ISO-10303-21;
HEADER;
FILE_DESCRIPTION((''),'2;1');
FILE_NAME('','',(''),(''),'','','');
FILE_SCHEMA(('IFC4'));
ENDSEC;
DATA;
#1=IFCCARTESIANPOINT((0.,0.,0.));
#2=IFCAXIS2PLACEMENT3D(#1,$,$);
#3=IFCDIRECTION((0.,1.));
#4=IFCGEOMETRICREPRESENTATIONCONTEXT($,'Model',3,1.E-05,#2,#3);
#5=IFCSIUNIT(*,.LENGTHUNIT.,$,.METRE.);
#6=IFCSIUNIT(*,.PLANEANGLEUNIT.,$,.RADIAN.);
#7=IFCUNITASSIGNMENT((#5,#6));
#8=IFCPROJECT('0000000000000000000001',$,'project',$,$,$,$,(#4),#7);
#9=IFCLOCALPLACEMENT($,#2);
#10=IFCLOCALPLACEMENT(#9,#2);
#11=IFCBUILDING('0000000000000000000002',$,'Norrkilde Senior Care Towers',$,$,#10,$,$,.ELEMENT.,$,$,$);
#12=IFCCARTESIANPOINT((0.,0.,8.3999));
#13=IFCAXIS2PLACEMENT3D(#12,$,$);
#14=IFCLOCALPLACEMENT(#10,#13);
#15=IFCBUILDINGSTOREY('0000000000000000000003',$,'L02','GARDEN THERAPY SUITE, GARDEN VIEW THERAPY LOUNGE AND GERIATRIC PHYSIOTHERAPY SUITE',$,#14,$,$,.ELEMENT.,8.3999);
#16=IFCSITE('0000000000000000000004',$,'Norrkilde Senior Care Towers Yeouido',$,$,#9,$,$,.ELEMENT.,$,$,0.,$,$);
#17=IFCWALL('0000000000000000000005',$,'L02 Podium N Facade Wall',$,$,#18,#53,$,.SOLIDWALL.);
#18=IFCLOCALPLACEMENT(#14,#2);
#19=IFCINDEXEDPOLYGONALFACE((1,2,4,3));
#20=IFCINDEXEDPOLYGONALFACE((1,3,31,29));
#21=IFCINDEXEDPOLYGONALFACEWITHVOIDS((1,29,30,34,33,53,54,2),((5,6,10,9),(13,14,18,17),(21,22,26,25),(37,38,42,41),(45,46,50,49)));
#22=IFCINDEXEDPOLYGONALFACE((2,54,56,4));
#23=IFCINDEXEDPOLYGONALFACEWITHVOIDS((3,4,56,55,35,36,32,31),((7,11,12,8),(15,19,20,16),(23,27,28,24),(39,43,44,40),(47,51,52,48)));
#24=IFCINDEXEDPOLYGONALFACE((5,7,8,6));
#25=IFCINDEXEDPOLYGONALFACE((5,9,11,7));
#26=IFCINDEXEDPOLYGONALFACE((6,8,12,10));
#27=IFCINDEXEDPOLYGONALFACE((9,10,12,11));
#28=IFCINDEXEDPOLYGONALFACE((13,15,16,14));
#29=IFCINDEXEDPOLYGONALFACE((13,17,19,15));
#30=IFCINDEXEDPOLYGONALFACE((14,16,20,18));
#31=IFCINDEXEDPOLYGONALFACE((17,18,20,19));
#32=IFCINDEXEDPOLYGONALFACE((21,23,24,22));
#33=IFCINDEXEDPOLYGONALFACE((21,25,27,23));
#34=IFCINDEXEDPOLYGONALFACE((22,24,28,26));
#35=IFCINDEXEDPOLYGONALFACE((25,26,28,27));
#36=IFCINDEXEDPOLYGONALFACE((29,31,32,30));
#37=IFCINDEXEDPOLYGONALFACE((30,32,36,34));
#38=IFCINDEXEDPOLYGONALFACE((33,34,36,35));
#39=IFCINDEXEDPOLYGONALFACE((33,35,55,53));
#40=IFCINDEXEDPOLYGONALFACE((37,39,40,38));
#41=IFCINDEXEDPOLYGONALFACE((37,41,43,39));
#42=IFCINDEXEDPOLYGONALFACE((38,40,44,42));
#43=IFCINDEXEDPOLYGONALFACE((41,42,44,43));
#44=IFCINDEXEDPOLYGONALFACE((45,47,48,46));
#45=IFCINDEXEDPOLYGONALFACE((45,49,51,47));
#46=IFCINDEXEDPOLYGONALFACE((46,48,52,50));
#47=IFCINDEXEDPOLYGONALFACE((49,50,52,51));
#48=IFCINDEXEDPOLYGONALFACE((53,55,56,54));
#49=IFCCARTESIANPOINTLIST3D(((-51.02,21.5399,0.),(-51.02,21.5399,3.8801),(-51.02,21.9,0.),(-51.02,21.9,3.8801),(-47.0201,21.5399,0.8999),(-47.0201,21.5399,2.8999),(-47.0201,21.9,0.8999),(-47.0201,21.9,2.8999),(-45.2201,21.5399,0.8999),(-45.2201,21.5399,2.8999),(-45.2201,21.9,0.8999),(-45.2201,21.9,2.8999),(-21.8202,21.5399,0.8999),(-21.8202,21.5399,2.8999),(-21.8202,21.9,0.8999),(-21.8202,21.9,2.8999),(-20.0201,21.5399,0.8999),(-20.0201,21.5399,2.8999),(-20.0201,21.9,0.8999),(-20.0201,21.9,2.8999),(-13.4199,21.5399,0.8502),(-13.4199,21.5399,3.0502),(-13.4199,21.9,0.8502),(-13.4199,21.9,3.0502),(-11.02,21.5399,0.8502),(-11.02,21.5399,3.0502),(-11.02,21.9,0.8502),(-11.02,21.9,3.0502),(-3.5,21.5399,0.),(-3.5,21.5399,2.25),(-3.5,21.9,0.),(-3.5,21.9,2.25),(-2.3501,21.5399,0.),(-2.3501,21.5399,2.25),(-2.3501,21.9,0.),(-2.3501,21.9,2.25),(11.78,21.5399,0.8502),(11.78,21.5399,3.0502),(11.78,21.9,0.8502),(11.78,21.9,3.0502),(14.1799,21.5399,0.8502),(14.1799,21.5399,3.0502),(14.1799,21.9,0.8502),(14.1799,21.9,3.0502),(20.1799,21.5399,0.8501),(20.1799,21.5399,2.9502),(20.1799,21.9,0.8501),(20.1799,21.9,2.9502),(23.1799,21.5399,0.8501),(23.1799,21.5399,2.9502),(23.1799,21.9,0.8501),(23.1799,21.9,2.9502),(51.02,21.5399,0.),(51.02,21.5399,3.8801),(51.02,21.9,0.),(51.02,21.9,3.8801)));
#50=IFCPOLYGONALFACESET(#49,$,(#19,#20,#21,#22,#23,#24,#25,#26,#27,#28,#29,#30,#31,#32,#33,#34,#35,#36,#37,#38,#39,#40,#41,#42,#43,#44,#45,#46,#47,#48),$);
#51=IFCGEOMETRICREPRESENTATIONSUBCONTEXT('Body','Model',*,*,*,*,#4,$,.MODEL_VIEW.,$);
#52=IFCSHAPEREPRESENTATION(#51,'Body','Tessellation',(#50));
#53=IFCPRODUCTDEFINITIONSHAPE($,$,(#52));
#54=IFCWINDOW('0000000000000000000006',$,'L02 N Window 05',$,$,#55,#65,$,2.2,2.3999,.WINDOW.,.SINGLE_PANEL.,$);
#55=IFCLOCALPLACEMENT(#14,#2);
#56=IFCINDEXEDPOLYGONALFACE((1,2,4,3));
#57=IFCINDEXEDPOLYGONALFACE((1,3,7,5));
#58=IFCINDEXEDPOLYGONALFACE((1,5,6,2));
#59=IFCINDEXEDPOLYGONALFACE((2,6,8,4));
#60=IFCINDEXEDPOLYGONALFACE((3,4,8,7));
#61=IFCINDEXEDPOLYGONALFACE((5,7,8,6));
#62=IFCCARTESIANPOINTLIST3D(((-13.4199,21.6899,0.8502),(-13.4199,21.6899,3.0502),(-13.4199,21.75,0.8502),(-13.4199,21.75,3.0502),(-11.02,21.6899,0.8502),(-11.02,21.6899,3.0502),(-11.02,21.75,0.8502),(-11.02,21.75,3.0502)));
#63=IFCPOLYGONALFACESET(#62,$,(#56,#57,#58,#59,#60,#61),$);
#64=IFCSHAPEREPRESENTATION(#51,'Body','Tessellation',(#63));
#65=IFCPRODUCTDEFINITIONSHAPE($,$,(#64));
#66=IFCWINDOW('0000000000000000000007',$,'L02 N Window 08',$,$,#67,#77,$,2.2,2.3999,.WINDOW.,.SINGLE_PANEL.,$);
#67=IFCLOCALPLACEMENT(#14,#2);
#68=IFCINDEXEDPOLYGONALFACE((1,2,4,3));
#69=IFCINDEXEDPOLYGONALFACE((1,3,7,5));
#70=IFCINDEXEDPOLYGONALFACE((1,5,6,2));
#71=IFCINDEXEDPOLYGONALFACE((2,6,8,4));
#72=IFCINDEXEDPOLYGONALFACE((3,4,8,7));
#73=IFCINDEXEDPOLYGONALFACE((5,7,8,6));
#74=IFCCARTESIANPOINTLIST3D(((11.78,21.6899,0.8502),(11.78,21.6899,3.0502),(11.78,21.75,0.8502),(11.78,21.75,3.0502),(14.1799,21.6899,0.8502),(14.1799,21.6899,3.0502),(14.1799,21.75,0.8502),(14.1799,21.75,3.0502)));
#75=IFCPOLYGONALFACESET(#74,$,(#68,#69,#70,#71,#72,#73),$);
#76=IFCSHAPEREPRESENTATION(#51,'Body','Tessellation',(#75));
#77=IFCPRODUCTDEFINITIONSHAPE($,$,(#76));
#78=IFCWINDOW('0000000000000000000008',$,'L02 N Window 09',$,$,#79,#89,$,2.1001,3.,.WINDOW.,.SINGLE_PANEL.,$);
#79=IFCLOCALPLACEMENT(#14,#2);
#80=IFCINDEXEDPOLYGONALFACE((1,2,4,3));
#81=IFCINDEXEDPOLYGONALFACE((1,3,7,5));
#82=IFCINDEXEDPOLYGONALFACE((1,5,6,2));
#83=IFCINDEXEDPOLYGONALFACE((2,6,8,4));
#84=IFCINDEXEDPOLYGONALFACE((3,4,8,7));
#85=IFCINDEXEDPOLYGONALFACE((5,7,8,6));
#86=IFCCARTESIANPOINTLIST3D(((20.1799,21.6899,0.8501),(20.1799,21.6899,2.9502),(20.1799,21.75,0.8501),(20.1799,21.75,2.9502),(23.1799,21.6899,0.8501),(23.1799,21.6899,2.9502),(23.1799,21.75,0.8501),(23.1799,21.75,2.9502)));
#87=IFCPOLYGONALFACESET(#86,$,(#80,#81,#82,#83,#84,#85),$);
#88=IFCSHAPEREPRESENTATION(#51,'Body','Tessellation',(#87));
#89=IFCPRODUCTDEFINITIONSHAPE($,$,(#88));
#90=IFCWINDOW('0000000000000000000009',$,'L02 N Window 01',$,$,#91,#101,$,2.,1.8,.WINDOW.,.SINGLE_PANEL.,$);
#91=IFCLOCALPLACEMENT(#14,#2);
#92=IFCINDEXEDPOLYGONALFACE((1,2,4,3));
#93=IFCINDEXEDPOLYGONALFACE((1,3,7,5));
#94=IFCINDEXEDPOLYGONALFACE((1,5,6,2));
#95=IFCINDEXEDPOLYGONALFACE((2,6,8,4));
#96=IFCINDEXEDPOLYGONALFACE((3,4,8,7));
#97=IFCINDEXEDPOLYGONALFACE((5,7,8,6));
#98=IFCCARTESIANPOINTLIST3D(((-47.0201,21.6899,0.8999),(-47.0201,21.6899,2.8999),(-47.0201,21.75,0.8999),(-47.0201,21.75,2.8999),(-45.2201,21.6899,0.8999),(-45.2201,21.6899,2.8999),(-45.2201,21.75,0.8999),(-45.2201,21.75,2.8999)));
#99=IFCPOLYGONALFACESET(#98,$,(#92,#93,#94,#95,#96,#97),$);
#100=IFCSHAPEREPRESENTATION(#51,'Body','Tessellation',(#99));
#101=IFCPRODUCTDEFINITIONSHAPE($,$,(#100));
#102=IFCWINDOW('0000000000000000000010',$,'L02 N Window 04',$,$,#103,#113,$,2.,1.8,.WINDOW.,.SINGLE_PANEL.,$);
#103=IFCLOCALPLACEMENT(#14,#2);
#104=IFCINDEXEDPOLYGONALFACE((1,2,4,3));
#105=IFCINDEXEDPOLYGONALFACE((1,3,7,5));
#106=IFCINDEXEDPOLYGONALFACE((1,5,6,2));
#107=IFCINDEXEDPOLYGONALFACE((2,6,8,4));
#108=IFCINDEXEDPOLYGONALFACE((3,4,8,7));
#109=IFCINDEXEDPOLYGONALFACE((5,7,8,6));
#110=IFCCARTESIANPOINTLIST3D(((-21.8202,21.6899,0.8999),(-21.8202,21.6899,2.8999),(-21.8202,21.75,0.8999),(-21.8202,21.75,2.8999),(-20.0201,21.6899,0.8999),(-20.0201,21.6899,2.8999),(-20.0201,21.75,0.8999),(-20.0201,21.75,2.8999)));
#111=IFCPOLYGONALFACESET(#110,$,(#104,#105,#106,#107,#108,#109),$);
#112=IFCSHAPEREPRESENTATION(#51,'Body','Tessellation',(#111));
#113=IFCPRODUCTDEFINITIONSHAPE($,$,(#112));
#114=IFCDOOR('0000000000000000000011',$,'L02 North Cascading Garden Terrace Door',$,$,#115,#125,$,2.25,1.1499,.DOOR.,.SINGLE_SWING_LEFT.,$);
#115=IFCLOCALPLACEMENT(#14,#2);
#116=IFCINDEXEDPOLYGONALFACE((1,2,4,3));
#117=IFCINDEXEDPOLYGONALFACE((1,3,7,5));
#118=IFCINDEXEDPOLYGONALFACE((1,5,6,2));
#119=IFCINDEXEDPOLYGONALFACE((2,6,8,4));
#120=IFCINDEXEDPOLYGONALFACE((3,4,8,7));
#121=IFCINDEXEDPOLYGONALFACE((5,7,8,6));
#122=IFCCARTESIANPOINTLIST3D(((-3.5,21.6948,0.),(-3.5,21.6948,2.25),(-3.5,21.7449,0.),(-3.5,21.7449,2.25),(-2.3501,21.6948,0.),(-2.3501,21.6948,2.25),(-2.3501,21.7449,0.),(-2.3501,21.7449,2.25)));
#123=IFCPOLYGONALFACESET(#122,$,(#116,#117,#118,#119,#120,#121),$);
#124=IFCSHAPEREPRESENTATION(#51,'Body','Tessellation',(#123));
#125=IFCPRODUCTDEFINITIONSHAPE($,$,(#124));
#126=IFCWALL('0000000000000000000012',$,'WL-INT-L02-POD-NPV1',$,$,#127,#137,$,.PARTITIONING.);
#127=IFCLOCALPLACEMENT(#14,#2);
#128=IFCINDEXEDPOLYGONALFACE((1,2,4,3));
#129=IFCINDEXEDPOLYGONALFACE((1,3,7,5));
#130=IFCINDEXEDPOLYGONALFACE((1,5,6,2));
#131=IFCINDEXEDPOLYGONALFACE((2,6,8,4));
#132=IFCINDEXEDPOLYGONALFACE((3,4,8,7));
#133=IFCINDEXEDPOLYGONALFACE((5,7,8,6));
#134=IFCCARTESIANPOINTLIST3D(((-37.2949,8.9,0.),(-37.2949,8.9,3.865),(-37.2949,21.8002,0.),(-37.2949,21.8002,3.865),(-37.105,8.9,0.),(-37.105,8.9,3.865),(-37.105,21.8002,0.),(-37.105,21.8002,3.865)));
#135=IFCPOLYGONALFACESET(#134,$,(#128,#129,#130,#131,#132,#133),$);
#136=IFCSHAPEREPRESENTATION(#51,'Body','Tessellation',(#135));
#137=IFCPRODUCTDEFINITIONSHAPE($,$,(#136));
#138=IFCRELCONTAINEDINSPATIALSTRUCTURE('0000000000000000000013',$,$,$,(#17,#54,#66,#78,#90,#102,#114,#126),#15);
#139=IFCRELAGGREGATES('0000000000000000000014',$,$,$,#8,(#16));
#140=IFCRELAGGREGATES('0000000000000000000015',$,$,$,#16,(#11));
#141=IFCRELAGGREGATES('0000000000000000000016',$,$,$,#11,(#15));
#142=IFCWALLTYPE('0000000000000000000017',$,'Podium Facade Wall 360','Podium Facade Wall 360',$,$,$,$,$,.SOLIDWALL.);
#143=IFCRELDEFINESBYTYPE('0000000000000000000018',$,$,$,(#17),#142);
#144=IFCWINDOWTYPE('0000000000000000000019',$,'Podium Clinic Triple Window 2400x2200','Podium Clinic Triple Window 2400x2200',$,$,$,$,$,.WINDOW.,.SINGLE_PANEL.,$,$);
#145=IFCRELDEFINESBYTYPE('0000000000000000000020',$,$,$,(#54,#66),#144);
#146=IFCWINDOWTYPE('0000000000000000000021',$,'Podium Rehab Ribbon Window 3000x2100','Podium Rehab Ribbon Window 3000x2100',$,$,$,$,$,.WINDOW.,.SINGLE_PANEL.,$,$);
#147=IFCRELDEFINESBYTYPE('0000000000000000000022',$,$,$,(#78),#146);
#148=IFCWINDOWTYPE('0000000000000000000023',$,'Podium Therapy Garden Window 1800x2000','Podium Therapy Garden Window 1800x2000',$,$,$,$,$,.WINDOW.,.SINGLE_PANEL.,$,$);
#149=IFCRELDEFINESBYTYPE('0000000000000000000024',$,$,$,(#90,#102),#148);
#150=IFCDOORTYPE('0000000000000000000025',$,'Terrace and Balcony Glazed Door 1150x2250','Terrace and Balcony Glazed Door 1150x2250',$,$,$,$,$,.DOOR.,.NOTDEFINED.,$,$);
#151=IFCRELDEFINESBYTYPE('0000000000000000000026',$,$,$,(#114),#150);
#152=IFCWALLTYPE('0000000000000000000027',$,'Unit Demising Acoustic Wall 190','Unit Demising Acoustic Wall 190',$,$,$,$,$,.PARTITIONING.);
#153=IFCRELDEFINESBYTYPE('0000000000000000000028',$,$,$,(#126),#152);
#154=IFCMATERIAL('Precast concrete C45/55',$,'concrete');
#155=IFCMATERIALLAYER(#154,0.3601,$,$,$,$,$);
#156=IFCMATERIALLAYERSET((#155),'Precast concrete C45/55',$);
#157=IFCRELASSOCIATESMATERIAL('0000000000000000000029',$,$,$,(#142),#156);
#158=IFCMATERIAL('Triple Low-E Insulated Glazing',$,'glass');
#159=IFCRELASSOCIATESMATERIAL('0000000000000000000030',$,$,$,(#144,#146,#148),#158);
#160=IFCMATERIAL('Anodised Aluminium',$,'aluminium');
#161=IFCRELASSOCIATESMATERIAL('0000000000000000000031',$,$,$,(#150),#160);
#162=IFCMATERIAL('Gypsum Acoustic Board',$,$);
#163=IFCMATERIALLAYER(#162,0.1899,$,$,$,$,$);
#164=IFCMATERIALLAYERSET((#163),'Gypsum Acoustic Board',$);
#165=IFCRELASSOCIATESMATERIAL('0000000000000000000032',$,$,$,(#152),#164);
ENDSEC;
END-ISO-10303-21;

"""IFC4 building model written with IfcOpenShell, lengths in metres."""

from ifc_helpers import new_model, si_unit, direction, frame, frame_2d, origin, place, context, subcontext, project, spatial, rectangle, extrude, source, transform, mapped, material, layer, layer_set, type_object, type_shapes, element, fill, save


model = new_model("IFC4")

# Units and contexts
model_context = context("Model", 3, precision=1e-05, world=origin(), true_north=direction((0.0, 1.0)))
body_context = subcontext(model_context, "Body", "Model", "MODEL_VIEW")
ifc_project = project(units=[si_unit("LENGTHUNIT", "METRE"), si_unit("PLANEANGLEUNIT", "RADIAN")], contexts=[model_context])

# Site, building, storey
site_placement = place(None, origin())
site = spatial("IfcSite", under=ifc_project, at=site_placement, Name="Norrkilde Senior Care Towers Yeouido", CompositionType="ELEMENT", RefElevation=0.0)
building_placement = place(site_placement, origin())
building = spatial("IfcBuilding", under=site, at=building_placement, Name="Norrkilde Senior Care Towers", CompositionType="ELEMENT")
storey_placement = place(building_placement, frame((0.0, 0.0, 8.3999)))
storey = spatial("IfcBuildingStorey", under=building, at=storey_placement, Name="L02", Description="GARDEN THERAPY SUITE, GARDEN VIEW THERAPY LOUNGE AND GERIATRIC PHYSIOTHERAPY SUITE", CompositionType="ELEMENT", Elevation=8.3999)

# Wall, openings, windows, door
ifc_material_1 = material(Name="Precast concrete C45/55", Category="concrete")
ifc_layer_1 = layer(ifc_material_1, 0.3601)
ifc_layer_set_1 = layer_set([ifc_layer_1], Name="Precast concrete C45/55")
wall_type_1 = type_object("IfcWallType", Name="Podium Facade Wall 360", Description="Podium Facade Wall 360", PredefinedType="SOLIDWALL", material=ifc_layer_set_1)
shared_shape_1 = source(origin(), body_context, "Body", "SweptSolid", [
    extrude(rectangle(XDim=102.04, YDim=0.3601, at=frame_2d((51.02, 0.0))), origin(), (0.0, 0.0, 1.0), 3.8801),
])
type_shapes(wall_type_1, [shared_shape_1])
wall_1_placement = place(storey_placement, frame((-51.02, 21.72, 0.0), z_axis=(0.0, 0.0, 1.0), x_axis=(1.0, 0.0, 0.0)))
wall_1 = element("IfcWall", 1, at=wall_1_placement, inside=storey, type_object=wall_type_1, Name="L02 Podium N Facade Wall", PredefinedType="SOLIDWALL", context=body_context, shape_type="MappedRepresentation", body=[
    mapped(shared_shape_1, transform((0.0, 0.0, 0.0), x_axis=(1.0, 0.0, 0.0), y_axis=(0.0, 1.0, 0.0), z_axis=(0.0, 0.0, 1.0), scale=1.0)),
])
opening_1_placement = place(wall_1_placement, frame((47.52, 0.0, 0.0)))
opening_1 = element("IfcOpeningElement", 2, at=opening_1_placement, cuts=wall_1, PredefinedType="OPENING", context=body_context, shape_type="SweptSolid", body=[
    extrude(rectangle(XDim=1.1499, YDim=2.25, at=frame_2d((0.575, 1.125))), frame((0.0, 0.1899, 0.0), z_axis=(0.0, -1.0, 0.0), x_axis=(1.0, 0.0, 0.0)), (0.0, 0.0, 1.0), 0.3801),
])
opening_2_placement = place(wall_1_placement, frame((4.0, 0.0, 0.8999)))
opening_2 = element("IfcOpeningElement", 3, at=opening_2_placement, cuts=wall_1, PredefinedType="OPENING", context=body_context, shape_type="SweptSolid", body=[
    extrude(rectangle(XDim=1.8, YDim=2.0, at=frame_2d((0.8999, 1.0))), frame((0.0, 0.1899, 0.0), z_axis=(0.0, -1.0, 0.0), x_axis=(1.0, 0.0, 0.0)), (0.0, 0.0, 1.0), 0.3801),
])
opening_3_placement = place(wall_1_placement, frame((29.2, 0.0, 0.8999)))
opening_3 = element("IfcOpeningElement", 4, at=opening_3_placement, cuts=wall_1, PredefinedType="OPENING", context=body_context, shape_type="SweptSolid", body=[
    extrude(rectangle(XDim=1.8, YDim=2.0, at=frame_2d((0.8999, 1.0))), frame((0.0, 0.1899, 0.0), z_axis=(0.0, -1.0, 0.0), x_axis=(1.0, 0.0, 0.0)), (0.0, 0.0, 1.0), 0.3801),
])
opening_4_placement = place(wall_1_placement, frame((37.6001, 0.0, 0.8501)))
opening_4 = element("IfcOpeningElement", 5, at=opening_4_placement, cuts=wall_1, PredefinedType="OPENING", context=body_context, shape_type="SweptSolid", body=[
    extrude(rectangle(XDim=2.3999, YDim=2.2, at=frame_2d((1.2, 1.1001))), frame((0.0, 0.1899, 0.0), z_axis=(0.0, -1.0, 0.0), x_axis=(1.0, 0.0, 0.0)), (0.0, 0.0, 1.0), 0.3801),
])
opening_5_placement = place(wall_1_placement, frame((62.8, 0.0, 0.8501)))
opening_5 = element("IfcOpeningElement", 6, at=opening_5_placement, cuts=wall_1, PredefinedType="OPENING", context=body_context, shape_type="SweptSolid", body=[
    extrude(rectangle(XDim=2.3999, YDim=2.2, at=frame_2d((1.2, 1.1001))), frame((0.0, 0.1899, 0.0), z_axis=(0.0, -1.0, 0.0), x_axis=(1.0, 0.0, 0.0)), (0.0, 0.0, 1.0), 0.3801),
])
opening_6_placement = place(wall_1_placement, frame((71.2, 0.0, 0.8501)))
opening_6 = element("IfcOpeningElement", 7, at=opening_6_placement, cuts=wall_1, PredefinedType="OPENING", context=body_context, shape_type="SweptSolid", body=[
    extrude(rectangle(XDim=3.0, YDim=2.1001, at=frame_2d((1.5, 1.05))), frame((0.0, 0.1899, 0.0), z_axis=(0.0, -1.0, 0.0), x_axis=(1.0, 0.0, 0.0)), (0.0, 0.0, 1.0), 0.3801),
])
ifc_material_2 = material(Name="Triple Low-E Insulated Glazing", Category="glass")
window_type_1 = type_object("IfcWindowType", Name="Podium Clinic Triple Window 2400x2200", Description="Podium Clinic Triple Window 2400x2200", PartitioningType="SINGLE_PANEL", PredefinedType="WINDOW", material=ifc_material_2)
shared_shape_2 = source(origin(), body_context, "Body", "SweptSolid", [
    extrude(rectangle(XDim=2.3999, YDim=2.2, at=frame_2d((1.2, 1.1001))), frame((0.0, 0.03, 0.0), z_axis=(0.0, -1.0, 0.0), x_axis=(1.0, 0.0, 0.0)), (0.0, 0.0, 1.0), 0.0601),
])
type_shapes(window_type_1, [shared_shape_2])
window_1_placement = place(opening_4_placement, origin())
window_1 = element("IfcWindow", 8, at=window_1_placement, inside=storey, type_object=window_type_1, Name="L02 N Window 05", OverallHeight=2.2, OverallWidth=2.3999, PartitioningType="SINGLE_PANEL", PredefinedType="WINDOW", context=body_context, shape_type="MappedRepresentation", body=[
    mapped(shared_shape_2, transform((0.0, 0.0, 0.0), x_axis=(1.0, 0.0, 0.0), y_axis=(0.0, 1.0, 0.0), z_axis=(0.0, 0.0, 1.0), scale=1.0)),
])
fill(opening_4, window_1)
window_2_placement = place(opening_5_placement, origin())
window_2 = element("IfcWindow", 9, at=window_2_placement, inside=storey, type_object=window_type_1, Name="L02 N Window 08", OverallHeight=2.2, OverallWidth=2.3999, PartitioningType="SINGLE_PANEL", PredefinedType="WINDOW", context=body_context, shape_type="MappedRepresentation", body=[
    mapped(shared_shape_2, transform((0.0, 0.0, 0.0), x_axis=(1.0, 0.0, 0.0), y_axis=(0.0, 1.0, 0.0), z_axis=(0.0, 0.0, 1.0), scale=1.0)),
])
fill(opening_5, window_2)
window_type_2 = type_object("IfcWindowType", Name="Podium Rehab Ribbon Window 3000x2100", Description="Podium Rehab Ribbon Window 3000x2100", PartitioningType="SINGLE_PANEL", PredefinedType="WINDOW", material=ifc_material_2)
shared_shape_3 = source(origin(), body_context, "Body", "SweptSolid", [
    extrude(rectangle(XDim=3.0, YDim=2.1001, at=frame_2d((1.5, 1.05))), frame((0.0, 0.03, 0.0), z_axis=(0.0, -1.0, 0.0), x_axis=(1.0, 0.0, 0.0)), (0.0, 0.0, 1.0), 0.0601),
])
type_shapes(window_type_2, [shared_shape_3])
window_3_placement = place(opening_6_placement, origin())
window_3 = element("IfcWindow", 10, at=window_3_placement, inside=storey, type_object=window_type_2, Name="L02 N Window 09", OverallHeight=2.1001, OverallWidth=3.0, PartitioningType="SINGLE_PANEL", PredefinedType="WINDOW", context=body_context, shape_type="MappedRepresentation", body=[
    mapped(shared_shape_3, transform((0.0, 0.0, 0.0), x_axis=(1.0, 0.0, 0.0), y_axis=(0.0, 1.0, 0.0), z_axis=(0.0, 0.0, 1.0), scale=1.0)),
])
fill(opening_6, window_3)
window_type_3 = type_object("IfcWindowType", Name="Podium Therapy Garden Window 1800x2000", Description="Podium Therapy Garden Window 1800x2000", PartitioningType="SINGLE_PANEL", PredefinedType="WINDOW", material=ifc_material_2)
shared_shape_4 = source(origin(), body_context, "Body", "SweptSolid", [
    extrude(rectangle(XDim=1.8, YDim=2.0, at=frame_2d((0.8999, 1.0))), frame((0.0, 0.03, 0.0), z_axis=(0.0, -1.0, 0.0), x_axis=(1.0, 0.0, 0.0)), (0.0, 0.0, 1.0), 0.0601),
])
type_shapes(window_type_3, [shared_shape_4])
window_4_placement = place(opening_2_placement, origin())
window_4 = element("IfcWindow", 11, at=window_4_placement, inside=storey, type_object=window_type_3, Name="L02 N Window 01", OverallHeight=2.0, OverallWidth=1.8, PartitioningType="SINGLE_PANEL", PredefinedType="WINDOW", context=body_context, shape_type="MappedRepresentation", body=[
    mapped(shared_shape_4, transform((0.0, 0.0, 0.0), x_axis=(1.0, 0.0, 0.0), y_axis=(0.0, 1.0, 0.0), z_axis=(0.0, 0.0, 1.0), scale=1.0)),
])
fill(opening_2, window_4)
window_5_placement = place(opening_3_placement, origin())
window_5 = element("IfcWindow", 12, at=window_5_placement, inside=storey, type_object=window_type_3, Name="L02 N Window 04", OverallHeight=2.0, OverallWidth=1.8, PartitioningType="SINGLE_PANEL", PredefinedType="WINDOW", context=body_context, shape_type="MappedRepresentation", body=[
    mapped(shared_shape_4, transform((0.0, 0.0, 0.0), x_axis=(1.0, 0.0, 0.0), y_axis=(0.0, 1.0, 0.0), z_axis=(0.0, 0.0, 1.0), scale=1.0)),
])
fill(opening_3, window_5)
ifc_material_3 = material(Name="Anodised Aluminium", Category="aluminium")
door_type_1 = type_object("IfcDoorType", Name="Terrace and Balcony Glazed Door 1150x2250", Description="Terrace and Balcony Glazed Door 1150x2250", OperationType="NOTDEFINED", PredefinedType="DOOR", material=ifc_material_3)
shared_shape_5 = source(origin(), body_context, "Body", "SweptSolid", [
    extrude(rectangle(XDim=1.1499, YDim=2.25, at=frame_2d((0.575, 1.125))), frame((0.0, 0.0249, 0.0), z_axis=(0.0, -1.0, 0.0), x_axis=(1.0, 0.0, 0.0)), (0.0, 0.0, 1.0), 0.05),
])
type_shapes(door_type_1, [shared_shape_5])
door_1_placement = place(opening_1_placement, origin())
door_1 = element("IfcDoor", 13, at=door_1_placement, inside=storey, type_object=door_type_1, Name="L02 North Cascading Garden Terrace Door", OperationType="SINGLE_SWING_LEFT", OverallHeight=2.25, OverallWidth=1.1499, PredefinedType="DOOR", context=body_context, shape_type="MappedRepresentation", body=[
    mapped(shared_shape_5, transform((0.0, 0.0, 0.0), x_axis=(1.0, 0.0, 0.0), y_axis=(0.0, 1.0, 0.0), z_axis=(0.0, 0.0, 1.0), scale=1.0)),
])
fill(opening_1, door_1)

# Shared definitions
ifc_material_4 = material(Name="Gypsum Acoustic Board")

# Wall
ifc_layer_2 = layer(ifc_material_4, 0.1899)
ifc_layer_set_2 = layer_set([ifc_layer_2], Name="Gypsum Acoustic Board")
wall_type_2 = type_object("IfcWallType", Name="Unit Demising Acoustic Wall 190", Description="Unit Demising Acoustic Wall 190", PredefinedType="PARTITIONING", material=ifc_layer_set_2)
shared_shape_6 = source(origin(), body_context, "Body", "SweptSolid", [
    extrude(rectangle(XDim=12.9001, YDim=0.1899, at=frame_2d((6.4502, 0.0))), origin(), (0.0, 0.0, 1.0), 3.865),
])
type_shapes(wall_type_2, [shared_shape_6])
wall_2_placement = place(storey_placement, frame((-37.2, 8.8999, 0.0), z_axis=(0.0, 0.0, 1.0), x_axis=(0.0, 1.0, 0.0)))
element("IfcWall", 14, at=wall_2_placement, inside=storey, type_object=wall_type_2, Name="WL-INT-L02-POD-NPV1", PredefinedType="PARTITIONING", context=body_context, shape_type="MappedRepresentation", body=[
    mapped(shared_shape_6, transform((0.0, 0.0, 0.0), x_axis=(1.0, 0.0, 0.0), y_axis=(0.0, 1.0, 0.0), z_axis=(0.0, 0.0, 1.0), scale=1.0)),
])

save(model, "model.ifc")
